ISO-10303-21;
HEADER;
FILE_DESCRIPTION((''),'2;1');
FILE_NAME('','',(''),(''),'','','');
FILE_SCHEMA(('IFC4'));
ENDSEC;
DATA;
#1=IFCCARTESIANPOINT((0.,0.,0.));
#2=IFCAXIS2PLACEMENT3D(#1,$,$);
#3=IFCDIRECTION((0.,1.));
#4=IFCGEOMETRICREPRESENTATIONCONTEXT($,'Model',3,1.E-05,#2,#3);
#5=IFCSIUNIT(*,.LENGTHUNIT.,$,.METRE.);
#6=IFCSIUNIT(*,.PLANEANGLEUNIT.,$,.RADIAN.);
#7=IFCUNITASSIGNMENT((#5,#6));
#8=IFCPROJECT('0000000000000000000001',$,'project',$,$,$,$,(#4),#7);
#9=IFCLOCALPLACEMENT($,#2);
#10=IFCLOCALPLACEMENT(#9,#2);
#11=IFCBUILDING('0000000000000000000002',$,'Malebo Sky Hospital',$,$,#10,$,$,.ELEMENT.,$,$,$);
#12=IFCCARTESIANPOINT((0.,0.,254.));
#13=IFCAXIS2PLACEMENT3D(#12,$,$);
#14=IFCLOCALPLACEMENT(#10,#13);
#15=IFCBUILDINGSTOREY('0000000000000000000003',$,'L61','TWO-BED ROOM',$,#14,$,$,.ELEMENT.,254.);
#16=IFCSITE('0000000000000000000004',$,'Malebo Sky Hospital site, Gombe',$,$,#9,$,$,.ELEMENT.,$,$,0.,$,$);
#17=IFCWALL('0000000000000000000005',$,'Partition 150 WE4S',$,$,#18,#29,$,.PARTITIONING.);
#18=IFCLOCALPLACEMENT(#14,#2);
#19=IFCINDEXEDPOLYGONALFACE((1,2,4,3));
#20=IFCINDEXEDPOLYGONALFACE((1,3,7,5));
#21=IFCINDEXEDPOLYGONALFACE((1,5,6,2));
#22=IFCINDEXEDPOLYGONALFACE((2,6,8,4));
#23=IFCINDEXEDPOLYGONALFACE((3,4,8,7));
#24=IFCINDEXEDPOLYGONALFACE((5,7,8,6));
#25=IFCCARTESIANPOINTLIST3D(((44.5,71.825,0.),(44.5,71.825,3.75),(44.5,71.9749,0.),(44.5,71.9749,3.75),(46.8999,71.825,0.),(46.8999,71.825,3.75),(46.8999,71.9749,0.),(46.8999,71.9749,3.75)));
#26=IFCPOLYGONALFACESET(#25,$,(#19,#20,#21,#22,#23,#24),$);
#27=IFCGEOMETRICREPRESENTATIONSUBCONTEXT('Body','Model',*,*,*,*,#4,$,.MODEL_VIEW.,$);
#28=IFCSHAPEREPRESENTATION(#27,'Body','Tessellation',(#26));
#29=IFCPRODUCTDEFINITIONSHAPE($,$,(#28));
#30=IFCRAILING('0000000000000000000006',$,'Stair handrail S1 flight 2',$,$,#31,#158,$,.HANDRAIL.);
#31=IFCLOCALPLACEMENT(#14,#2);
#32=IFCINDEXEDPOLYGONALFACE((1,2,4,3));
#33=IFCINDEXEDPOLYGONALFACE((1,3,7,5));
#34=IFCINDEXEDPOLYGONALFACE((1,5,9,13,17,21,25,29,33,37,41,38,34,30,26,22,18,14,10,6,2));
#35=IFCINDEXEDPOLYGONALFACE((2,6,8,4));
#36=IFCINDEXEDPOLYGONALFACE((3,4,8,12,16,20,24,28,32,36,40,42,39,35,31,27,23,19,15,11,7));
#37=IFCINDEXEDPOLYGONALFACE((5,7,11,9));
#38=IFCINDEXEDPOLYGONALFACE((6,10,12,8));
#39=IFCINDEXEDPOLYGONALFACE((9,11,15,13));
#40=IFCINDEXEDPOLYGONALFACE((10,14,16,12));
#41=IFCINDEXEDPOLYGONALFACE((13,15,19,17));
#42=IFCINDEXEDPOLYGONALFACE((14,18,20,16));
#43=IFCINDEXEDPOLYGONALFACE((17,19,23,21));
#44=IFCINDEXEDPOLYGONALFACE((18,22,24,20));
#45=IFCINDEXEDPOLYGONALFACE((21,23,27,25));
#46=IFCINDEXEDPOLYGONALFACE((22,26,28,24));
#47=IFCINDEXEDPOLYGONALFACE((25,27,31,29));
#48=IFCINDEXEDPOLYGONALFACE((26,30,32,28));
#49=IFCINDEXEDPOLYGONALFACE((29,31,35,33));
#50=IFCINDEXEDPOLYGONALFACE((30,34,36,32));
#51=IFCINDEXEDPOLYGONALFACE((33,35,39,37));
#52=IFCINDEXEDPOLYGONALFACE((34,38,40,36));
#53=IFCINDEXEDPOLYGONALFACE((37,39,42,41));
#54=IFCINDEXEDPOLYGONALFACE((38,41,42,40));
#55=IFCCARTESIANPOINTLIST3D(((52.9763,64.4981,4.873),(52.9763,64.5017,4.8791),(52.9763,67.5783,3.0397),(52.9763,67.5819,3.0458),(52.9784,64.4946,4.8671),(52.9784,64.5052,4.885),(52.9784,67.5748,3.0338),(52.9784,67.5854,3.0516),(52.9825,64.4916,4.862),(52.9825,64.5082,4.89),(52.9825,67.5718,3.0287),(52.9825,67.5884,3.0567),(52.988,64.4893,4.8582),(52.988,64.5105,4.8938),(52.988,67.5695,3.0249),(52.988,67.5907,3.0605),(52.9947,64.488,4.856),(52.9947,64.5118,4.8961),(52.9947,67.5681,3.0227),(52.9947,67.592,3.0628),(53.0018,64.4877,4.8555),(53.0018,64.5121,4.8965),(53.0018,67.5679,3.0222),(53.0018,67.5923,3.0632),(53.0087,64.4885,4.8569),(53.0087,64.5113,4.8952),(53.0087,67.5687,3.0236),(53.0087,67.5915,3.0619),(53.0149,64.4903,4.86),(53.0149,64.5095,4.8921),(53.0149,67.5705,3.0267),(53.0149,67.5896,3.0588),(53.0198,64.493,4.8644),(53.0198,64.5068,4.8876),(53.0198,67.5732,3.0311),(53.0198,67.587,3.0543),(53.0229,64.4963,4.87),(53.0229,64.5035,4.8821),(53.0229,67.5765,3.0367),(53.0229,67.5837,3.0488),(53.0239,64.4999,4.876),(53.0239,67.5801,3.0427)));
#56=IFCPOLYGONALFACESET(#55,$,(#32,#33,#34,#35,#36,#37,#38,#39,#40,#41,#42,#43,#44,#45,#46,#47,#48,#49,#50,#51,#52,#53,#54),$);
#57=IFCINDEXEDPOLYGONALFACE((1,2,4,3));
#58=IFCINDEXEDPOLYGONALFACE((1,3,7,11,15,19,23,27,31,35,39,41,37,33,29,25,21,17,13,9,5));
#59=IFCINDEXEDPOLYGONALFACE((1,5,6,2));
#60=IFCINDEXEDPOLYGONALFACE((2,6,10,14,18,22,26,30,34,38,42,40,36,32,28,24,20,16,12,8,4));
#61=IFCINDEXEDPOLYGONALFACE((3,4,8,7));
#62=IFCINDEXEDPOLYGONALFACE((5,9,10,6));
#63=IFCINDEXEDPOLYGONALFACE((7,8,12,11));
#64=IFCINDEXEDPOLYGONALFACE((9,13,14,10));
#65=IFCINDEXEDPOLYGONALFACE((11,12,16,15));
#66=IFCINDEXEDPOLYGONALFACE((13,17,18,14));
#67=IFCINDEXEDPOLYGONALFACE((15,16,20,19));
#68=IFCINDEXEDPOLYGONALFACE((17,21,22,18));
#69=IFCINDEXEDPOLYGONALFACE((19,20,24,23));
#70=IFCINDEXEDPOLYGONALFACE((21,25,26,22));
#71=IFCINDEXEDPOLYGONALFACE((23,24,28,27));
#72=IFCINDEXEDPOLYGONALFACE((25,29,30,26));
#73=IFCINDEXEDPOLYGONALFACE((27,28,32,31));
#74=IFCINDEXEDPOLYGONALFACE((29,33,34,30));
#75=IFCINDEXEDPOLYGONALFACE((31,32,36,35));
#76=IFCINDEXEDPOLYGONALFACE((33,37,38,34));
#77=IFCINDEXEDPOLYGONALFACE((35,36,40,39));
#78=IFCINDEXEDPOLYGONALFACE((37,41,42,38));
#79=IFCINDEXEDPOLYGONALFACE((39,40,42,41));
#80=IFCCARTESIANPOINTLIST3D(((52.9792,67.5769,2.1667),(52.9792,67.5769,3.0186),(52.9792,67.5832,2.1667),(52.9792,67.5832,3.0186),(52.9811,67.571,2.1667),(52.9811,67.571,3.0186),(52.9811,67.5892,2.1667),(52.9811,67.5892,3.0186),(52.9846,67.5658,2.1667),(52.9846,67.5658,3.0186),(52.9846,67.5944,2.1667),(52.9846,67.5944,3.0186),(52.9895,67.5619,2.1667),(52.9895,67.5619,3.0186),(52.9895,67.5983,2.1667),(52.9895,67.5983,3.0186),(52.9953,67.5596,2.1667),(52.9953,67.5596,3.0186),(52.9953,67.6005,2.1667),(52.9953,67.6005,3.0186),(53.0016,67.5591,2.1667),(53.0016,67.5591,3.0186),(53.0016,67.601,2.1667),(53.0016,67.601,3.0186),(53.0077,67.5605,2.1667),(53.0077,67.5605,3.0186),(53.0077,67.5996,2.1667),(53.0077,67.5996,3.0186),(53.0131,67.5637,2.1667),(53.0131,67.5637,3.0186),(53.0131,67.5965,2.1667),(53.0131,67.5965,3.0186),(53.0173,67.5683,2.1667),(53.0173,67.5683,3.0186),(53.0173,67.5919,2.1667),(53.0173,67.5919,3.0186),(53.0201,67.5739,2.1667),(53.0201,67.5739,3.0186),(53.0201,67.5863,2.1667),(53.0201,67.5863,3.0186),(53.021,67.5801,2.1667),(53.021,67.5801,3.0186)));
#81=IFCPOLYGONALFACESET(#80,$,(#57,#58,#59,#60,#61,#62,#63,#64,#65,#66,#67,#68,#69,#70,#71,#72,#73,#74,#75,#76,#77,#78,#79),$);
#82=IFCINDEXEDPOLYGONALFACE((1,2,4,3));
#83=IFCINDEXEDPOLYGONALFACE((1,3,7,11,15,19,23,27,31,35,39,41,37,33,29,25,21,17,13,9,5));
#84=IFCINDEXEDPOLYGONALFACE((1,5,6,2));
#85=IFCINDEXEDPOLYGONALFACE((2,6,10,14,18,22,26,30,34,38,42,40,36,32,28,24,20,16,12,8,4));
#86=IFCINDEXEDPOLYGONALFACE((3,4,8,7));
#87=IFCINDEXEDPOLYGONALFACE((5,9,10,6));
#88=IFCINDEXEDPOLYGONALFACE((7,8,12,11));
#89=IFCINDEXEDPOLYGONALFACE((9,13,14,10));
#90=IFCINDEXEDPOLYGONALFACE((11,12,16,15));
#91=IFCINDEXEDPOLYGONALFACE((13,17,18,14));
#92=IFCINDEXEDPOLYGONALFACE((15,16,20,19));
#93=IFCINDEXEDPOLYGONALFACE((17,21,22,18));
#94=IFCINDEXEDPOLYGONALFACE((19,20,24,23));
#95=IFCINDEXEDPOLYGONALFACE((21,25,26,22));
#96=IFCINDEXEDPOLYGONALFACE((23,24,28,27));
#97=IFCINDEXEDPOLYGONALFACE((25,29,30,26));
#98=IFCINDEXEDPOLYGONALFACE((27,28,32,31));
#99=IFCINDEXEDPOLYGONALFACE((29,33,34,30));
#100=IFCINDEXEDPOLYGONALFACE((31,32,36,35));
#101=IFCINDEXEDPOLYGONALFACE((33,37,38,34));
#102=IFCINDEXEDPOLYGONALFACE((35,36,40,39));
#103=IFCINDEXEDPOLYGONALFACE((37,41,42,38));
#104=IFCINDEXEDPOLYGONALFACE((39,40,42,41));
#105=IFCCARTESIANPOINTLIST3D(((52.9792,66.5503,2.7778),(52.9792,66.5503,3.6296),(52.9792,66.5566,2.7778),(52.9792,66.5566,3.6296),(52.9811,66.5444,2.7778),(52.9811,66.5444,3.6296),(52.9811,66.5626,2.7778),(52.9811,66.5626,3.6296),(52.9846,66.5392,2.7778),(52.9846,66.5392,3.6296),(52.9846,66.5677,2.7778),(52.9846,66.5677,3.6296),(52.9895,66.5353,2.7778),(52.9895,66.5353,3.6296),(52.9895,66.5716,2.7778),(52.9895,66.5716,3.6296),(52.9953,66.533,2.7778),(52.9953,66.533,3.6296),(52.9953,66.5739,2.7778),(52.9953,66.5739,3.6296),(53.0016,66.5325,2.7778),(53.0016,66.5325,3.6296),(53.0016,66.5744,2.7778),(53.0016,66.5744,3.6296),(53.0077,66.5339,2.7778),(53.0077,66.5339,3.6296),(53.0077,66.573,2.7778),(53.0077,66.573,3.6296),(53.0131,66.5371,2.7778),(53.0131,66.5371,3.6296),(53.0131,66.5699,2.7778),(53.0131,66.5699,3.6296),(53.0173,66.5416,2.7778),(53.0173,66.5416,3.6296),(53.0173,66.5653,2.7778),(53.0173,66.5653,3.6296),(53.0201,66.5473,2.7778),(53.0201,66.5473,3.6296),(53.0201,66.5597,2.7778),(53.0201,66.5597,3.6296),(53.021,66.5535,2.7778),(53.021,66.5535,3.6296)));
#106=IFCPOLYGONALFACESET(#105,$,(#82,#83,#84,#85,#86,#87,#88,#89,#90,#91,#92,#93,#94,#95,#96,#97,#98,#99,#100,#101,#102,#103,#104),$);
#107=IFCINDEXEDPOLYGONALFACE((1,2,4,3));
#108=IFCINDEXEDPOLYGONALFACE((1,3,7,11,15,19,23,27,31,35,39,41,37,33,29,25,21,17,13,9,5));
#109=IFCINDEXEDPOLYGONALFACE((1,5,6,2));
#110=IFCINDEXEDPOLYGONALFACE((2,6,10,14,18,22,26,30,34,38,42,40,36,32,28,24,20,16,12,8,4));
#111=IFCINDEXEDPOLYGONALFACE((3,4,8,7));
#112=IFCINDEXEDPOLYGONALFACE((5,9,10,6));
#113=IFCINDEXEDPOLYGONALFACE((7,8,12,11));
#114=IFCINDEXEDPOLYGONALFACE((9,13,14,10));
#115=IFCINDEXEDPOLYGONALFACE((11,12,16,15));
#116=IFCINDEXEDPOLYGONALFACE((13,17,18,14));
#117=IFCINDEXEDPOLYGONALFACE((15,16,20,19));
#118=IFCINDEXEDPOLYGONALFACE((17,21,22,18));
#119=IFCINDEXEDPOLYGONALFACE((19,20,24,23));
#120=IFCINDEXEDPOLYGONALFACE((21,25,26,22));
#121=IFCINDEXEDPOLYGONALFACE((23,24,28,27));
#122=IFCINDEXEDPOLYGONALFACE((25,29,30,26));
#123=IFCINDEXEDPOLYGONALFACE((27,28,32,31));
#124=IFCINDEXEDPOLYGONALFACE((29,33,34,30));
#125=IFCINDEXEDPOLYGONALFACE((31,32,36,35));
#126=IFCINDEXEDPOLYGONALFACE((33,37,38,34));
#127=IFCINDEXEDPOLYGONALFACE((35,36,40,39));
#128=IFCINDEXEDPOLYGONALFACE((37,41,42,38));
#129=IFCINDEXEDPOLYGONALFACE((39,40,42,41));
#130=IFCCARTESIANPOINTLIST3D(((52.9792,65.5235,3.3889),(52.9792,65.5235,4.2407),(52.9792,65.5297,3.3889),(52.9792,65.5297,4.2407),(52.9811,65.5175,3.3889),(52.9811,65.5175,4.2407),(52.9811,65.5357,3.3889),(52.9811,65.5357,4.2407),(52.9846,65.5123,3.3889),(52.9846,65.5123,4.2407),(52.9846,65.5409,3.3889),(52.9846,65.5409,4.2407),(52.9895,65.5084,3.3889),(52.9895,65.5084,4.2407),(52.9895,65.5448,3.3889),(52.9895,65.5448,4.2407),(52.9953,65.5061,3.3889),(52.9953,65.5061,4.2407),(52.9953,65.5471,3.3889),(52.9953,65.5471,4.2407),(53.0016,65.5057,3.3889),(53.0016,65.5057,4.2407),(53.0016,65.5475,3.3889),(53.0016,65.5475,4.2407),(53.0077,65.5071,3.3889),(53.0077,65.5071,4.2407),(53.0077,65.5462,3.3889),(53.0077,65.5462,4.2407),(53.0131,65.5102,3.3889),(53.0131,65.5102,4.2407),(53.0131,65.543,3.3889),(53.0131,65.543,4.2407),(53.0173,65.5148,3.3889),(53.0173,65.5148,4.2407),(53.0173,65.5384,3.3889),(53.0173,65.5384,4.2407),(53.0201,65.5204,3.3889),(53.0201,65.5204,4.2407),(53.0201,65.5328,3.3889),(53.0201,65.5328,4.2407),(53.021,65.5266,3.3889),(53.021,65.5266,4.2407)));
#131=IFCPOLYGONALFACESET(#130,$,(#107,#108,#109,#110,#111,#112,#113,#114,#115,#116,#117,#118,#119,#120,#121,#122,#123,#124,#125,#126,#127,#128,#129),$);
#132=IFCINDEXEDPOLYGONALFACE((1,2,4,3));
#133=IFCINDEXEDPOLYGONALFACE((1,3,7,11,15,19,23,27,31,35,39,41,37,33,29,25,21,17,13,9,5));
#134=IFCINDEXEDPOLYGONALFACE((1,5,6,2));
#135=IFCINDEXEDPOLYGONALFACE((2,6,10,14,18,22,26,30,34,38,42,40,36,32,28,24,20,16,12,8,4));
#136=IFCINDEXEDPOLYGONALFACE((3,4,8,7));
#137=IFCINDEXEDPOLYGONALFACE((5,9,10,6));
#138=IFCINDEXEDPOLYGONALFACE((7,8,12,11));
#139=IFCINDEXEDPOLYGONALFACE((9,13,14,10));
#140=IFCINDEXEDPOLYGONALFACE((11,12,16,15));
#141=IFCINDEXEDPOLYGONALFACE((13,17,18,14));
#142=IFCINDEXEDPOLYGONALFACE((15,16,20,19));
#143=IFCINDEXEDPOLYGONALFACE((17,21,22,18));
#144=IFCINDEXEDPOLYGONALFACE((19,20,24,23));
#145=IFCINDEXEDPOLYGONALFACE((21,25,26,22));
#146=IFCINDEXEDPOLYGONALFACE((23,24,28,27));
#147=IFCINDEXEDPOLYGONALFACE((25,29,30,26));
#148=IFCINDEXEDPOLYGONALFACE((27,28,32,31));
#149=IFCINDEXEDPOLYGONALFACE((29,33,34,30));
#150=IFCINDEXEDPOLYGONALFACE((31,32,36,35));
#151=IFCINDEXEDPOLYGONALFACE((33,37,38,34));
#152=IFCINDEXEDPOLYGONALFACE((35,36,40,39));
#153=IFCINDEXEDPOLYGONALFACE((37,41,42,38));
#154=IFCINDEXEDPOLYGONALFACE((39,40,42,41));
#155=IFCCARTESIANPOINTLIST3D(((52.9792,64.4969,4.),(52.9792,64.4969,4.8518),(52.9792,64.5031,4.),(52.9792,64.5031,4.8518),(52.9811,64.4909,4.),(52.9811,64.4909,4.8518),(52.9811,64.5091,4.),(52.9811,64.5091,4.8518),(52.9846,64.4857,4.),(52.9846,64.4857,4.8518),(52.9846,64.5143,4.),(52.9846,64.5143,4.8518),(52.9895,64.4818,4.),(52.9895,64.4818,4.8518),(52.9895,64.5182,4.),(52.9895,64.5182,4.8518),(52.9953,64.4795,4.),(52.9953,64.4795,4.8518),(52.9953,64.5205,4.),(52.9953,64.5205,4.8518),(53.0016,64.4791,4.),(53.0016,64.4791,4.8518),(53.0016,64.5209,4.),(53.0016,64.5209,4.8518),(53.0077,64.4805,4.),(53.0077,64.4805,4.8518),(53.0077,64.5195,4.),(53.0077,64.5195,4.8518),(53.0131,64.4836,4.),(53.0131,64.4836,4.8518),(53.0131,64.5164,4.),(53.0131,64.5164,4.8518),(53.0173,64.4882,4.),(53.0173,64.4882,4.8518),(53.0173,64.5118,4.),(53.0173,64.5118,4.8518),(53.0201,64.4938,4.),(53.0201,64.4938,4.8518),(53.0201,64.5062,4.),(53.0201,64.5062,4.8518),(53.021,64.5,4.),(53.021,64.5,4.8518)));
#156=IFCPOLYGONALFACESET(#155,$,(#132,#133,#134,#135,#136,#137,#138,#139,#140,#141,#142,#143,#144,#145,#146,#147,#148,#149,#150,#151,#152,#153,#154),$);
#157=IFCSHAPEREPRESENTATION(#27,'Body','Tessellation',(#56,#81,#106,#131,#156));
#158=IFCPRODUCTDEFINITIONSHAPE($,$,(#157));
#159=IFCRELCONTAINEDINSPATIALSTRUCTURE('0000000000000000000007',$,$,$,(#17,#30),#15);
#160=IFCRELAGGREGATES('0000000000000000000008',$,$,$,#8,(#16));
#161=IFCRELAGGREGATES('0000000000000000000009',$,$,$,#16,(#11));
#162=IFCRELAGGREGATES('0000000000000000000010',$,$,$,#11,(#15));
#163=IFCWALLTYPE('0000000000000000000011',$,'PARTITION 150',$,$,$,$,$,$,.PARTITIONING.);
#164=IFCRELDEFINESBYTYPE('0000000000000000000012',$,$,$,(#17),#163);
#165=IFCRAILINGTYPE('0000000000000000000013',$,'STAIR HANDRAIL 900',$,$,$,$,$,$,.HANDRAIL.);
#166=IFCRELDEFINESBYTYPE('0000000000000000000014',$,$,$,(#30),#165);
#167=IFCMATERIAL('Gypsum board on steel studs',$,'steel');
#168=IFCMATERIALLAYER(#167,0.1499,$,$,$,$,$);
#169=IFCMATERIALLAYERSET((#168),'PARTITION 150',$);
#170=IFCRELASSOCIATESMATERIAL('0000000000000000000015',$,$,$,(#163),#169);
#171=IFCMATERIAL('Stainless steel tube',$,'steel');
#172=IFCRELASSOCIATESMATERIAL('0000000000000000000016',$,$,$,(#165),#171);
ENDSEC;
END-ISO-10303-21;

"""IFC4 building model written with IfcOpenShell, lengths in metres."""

from ifc_helpers import new_model, si_unit, direction, frame, frame_2d, origin, origin_2d, place, context, subcontext, project, spatial, rectangle, circle, extrude, material, layer, layer_set, type_object, element, save


model = new_model("IFC4")

# Units and contexts
model_context = context("Model", 3, precision=1e-05, world=origin(), true_north=direction((0.0, 1.0)))
body_context = subcontext(model_context, "Body", "Model", "MODEL_VIEW")
ifc_project = project(units=[si_unit("LENGTHUNIT", "METRE"), si_unit("PLANEANGLEUNIT", "RADIAN")], contexts=[model_context])

# Site, building, storey
site_placement = place(None, origin())
site = spatial("IfcSite", under=ifc_project, at=site_placement, Name="Malebo Sky Hospital site, Gombe", CompositionType="ELEMENT", RefElevation=0.0)
building_placement = place(site_placement, origin())
building = spatial("IfcBuilding", under=site, at=building_placement, Name="Malebo Sky Hospital", CompositionType="ELEMENT")
storey_placement = place(building_placement, frame((0.0, 0.0, 254.0)))
storey = spatial("IfcBuildingStorey", under=building, at=storey_placement, Name="L61", Description="TWO-BED ROOM", CompositionType="ELEMENT", Elevation=254.0)

# Shared definitions
ifc_material_1 = material(Name="Gypsum board on steel studs", Category="steel")

# Shared definitions
ifc_layer_1 = layer(ifc_material_1, 0.1499)
ifc_layer_set_1 = layer_set([ifc_layer_1], Name="PARTITION 150")
wall_type_1 = type_object("IfcWallType", Name="PARTITION 150", PredefinedType="PARTITIONING", material=ifc_layer_set_1)

# Wall
wall_1_placement = place(storey_placement, frame((46.8999, 71.8999, 0.0), z_axis=(0.0, 0.0, 1.0), x_axis=(-1.0, 0.0, 0.0)))
element("IfcWall", 1, at=wall_1_placement, inside=storey, type_object=wall_type_1, Name="Partition 150 WE4S", PredefinedType="PARTITIONING", context=body_context, shape_type="SweptSolid", body=[
    extrude(rectangle(XDim=2.3999, YDim=0.1499, at=frame_2d((1.2, 0.0))), origin(), (0.0, 0.0, 1.0), 3.75),
])

# Railing
ifc_material_2 = material(Name="Stainless steel tube", Category="steel")
railing_type = type_object("IfcRailingType", Name="STAIR HANDRAIL 900", PredefinedType="HANDRAIL", material=ifc_material_2)
railing_placement = place(storey_placement, frame((53.0, 67.5801, 2.1667)))
element("IfcRailing", 2, at=railing_placement, inside=storey, type_object=railing_type, Name="Stair handrail S1 flight 2", PredefinedType="HANDRAIL", context=body_context, shape_type="SweptSolid", body=[
    extrude(circle(Radius=0.0239, at=origin_2d()), frame((0.0, 0.0, 0.876), z_axis=(0.0, -0.859309, 0.511458), x_axis=(1.0, 0.0, 0.0)), (0.0, 0.0, 1.0), 3.5845),
    extrude(circle(Radius=0.021, at=origin_2d()), origin(), (0.0, 0.0, 1.0), 0.8518),
    extrude(circle(Radius=0.021, at=origin_2d()), frame((0.0, -1.0266, 0.6111)), (0.0, 0.0, 1.0), 0.8518),
    extrude(circle(Radius=0.021, at=origin_2d()), frame((0.0, -2.0535, 1.2222)), (0.0, 0.0, 1.0), 0.8518),
    extrude(circle(Radius=0.021, at=origin_2d()), frame((0.0, -3.0801, 1.8333)), (0.0, 0.0, 1.0), 0.8518),
])

save(model, "model.ifc")
